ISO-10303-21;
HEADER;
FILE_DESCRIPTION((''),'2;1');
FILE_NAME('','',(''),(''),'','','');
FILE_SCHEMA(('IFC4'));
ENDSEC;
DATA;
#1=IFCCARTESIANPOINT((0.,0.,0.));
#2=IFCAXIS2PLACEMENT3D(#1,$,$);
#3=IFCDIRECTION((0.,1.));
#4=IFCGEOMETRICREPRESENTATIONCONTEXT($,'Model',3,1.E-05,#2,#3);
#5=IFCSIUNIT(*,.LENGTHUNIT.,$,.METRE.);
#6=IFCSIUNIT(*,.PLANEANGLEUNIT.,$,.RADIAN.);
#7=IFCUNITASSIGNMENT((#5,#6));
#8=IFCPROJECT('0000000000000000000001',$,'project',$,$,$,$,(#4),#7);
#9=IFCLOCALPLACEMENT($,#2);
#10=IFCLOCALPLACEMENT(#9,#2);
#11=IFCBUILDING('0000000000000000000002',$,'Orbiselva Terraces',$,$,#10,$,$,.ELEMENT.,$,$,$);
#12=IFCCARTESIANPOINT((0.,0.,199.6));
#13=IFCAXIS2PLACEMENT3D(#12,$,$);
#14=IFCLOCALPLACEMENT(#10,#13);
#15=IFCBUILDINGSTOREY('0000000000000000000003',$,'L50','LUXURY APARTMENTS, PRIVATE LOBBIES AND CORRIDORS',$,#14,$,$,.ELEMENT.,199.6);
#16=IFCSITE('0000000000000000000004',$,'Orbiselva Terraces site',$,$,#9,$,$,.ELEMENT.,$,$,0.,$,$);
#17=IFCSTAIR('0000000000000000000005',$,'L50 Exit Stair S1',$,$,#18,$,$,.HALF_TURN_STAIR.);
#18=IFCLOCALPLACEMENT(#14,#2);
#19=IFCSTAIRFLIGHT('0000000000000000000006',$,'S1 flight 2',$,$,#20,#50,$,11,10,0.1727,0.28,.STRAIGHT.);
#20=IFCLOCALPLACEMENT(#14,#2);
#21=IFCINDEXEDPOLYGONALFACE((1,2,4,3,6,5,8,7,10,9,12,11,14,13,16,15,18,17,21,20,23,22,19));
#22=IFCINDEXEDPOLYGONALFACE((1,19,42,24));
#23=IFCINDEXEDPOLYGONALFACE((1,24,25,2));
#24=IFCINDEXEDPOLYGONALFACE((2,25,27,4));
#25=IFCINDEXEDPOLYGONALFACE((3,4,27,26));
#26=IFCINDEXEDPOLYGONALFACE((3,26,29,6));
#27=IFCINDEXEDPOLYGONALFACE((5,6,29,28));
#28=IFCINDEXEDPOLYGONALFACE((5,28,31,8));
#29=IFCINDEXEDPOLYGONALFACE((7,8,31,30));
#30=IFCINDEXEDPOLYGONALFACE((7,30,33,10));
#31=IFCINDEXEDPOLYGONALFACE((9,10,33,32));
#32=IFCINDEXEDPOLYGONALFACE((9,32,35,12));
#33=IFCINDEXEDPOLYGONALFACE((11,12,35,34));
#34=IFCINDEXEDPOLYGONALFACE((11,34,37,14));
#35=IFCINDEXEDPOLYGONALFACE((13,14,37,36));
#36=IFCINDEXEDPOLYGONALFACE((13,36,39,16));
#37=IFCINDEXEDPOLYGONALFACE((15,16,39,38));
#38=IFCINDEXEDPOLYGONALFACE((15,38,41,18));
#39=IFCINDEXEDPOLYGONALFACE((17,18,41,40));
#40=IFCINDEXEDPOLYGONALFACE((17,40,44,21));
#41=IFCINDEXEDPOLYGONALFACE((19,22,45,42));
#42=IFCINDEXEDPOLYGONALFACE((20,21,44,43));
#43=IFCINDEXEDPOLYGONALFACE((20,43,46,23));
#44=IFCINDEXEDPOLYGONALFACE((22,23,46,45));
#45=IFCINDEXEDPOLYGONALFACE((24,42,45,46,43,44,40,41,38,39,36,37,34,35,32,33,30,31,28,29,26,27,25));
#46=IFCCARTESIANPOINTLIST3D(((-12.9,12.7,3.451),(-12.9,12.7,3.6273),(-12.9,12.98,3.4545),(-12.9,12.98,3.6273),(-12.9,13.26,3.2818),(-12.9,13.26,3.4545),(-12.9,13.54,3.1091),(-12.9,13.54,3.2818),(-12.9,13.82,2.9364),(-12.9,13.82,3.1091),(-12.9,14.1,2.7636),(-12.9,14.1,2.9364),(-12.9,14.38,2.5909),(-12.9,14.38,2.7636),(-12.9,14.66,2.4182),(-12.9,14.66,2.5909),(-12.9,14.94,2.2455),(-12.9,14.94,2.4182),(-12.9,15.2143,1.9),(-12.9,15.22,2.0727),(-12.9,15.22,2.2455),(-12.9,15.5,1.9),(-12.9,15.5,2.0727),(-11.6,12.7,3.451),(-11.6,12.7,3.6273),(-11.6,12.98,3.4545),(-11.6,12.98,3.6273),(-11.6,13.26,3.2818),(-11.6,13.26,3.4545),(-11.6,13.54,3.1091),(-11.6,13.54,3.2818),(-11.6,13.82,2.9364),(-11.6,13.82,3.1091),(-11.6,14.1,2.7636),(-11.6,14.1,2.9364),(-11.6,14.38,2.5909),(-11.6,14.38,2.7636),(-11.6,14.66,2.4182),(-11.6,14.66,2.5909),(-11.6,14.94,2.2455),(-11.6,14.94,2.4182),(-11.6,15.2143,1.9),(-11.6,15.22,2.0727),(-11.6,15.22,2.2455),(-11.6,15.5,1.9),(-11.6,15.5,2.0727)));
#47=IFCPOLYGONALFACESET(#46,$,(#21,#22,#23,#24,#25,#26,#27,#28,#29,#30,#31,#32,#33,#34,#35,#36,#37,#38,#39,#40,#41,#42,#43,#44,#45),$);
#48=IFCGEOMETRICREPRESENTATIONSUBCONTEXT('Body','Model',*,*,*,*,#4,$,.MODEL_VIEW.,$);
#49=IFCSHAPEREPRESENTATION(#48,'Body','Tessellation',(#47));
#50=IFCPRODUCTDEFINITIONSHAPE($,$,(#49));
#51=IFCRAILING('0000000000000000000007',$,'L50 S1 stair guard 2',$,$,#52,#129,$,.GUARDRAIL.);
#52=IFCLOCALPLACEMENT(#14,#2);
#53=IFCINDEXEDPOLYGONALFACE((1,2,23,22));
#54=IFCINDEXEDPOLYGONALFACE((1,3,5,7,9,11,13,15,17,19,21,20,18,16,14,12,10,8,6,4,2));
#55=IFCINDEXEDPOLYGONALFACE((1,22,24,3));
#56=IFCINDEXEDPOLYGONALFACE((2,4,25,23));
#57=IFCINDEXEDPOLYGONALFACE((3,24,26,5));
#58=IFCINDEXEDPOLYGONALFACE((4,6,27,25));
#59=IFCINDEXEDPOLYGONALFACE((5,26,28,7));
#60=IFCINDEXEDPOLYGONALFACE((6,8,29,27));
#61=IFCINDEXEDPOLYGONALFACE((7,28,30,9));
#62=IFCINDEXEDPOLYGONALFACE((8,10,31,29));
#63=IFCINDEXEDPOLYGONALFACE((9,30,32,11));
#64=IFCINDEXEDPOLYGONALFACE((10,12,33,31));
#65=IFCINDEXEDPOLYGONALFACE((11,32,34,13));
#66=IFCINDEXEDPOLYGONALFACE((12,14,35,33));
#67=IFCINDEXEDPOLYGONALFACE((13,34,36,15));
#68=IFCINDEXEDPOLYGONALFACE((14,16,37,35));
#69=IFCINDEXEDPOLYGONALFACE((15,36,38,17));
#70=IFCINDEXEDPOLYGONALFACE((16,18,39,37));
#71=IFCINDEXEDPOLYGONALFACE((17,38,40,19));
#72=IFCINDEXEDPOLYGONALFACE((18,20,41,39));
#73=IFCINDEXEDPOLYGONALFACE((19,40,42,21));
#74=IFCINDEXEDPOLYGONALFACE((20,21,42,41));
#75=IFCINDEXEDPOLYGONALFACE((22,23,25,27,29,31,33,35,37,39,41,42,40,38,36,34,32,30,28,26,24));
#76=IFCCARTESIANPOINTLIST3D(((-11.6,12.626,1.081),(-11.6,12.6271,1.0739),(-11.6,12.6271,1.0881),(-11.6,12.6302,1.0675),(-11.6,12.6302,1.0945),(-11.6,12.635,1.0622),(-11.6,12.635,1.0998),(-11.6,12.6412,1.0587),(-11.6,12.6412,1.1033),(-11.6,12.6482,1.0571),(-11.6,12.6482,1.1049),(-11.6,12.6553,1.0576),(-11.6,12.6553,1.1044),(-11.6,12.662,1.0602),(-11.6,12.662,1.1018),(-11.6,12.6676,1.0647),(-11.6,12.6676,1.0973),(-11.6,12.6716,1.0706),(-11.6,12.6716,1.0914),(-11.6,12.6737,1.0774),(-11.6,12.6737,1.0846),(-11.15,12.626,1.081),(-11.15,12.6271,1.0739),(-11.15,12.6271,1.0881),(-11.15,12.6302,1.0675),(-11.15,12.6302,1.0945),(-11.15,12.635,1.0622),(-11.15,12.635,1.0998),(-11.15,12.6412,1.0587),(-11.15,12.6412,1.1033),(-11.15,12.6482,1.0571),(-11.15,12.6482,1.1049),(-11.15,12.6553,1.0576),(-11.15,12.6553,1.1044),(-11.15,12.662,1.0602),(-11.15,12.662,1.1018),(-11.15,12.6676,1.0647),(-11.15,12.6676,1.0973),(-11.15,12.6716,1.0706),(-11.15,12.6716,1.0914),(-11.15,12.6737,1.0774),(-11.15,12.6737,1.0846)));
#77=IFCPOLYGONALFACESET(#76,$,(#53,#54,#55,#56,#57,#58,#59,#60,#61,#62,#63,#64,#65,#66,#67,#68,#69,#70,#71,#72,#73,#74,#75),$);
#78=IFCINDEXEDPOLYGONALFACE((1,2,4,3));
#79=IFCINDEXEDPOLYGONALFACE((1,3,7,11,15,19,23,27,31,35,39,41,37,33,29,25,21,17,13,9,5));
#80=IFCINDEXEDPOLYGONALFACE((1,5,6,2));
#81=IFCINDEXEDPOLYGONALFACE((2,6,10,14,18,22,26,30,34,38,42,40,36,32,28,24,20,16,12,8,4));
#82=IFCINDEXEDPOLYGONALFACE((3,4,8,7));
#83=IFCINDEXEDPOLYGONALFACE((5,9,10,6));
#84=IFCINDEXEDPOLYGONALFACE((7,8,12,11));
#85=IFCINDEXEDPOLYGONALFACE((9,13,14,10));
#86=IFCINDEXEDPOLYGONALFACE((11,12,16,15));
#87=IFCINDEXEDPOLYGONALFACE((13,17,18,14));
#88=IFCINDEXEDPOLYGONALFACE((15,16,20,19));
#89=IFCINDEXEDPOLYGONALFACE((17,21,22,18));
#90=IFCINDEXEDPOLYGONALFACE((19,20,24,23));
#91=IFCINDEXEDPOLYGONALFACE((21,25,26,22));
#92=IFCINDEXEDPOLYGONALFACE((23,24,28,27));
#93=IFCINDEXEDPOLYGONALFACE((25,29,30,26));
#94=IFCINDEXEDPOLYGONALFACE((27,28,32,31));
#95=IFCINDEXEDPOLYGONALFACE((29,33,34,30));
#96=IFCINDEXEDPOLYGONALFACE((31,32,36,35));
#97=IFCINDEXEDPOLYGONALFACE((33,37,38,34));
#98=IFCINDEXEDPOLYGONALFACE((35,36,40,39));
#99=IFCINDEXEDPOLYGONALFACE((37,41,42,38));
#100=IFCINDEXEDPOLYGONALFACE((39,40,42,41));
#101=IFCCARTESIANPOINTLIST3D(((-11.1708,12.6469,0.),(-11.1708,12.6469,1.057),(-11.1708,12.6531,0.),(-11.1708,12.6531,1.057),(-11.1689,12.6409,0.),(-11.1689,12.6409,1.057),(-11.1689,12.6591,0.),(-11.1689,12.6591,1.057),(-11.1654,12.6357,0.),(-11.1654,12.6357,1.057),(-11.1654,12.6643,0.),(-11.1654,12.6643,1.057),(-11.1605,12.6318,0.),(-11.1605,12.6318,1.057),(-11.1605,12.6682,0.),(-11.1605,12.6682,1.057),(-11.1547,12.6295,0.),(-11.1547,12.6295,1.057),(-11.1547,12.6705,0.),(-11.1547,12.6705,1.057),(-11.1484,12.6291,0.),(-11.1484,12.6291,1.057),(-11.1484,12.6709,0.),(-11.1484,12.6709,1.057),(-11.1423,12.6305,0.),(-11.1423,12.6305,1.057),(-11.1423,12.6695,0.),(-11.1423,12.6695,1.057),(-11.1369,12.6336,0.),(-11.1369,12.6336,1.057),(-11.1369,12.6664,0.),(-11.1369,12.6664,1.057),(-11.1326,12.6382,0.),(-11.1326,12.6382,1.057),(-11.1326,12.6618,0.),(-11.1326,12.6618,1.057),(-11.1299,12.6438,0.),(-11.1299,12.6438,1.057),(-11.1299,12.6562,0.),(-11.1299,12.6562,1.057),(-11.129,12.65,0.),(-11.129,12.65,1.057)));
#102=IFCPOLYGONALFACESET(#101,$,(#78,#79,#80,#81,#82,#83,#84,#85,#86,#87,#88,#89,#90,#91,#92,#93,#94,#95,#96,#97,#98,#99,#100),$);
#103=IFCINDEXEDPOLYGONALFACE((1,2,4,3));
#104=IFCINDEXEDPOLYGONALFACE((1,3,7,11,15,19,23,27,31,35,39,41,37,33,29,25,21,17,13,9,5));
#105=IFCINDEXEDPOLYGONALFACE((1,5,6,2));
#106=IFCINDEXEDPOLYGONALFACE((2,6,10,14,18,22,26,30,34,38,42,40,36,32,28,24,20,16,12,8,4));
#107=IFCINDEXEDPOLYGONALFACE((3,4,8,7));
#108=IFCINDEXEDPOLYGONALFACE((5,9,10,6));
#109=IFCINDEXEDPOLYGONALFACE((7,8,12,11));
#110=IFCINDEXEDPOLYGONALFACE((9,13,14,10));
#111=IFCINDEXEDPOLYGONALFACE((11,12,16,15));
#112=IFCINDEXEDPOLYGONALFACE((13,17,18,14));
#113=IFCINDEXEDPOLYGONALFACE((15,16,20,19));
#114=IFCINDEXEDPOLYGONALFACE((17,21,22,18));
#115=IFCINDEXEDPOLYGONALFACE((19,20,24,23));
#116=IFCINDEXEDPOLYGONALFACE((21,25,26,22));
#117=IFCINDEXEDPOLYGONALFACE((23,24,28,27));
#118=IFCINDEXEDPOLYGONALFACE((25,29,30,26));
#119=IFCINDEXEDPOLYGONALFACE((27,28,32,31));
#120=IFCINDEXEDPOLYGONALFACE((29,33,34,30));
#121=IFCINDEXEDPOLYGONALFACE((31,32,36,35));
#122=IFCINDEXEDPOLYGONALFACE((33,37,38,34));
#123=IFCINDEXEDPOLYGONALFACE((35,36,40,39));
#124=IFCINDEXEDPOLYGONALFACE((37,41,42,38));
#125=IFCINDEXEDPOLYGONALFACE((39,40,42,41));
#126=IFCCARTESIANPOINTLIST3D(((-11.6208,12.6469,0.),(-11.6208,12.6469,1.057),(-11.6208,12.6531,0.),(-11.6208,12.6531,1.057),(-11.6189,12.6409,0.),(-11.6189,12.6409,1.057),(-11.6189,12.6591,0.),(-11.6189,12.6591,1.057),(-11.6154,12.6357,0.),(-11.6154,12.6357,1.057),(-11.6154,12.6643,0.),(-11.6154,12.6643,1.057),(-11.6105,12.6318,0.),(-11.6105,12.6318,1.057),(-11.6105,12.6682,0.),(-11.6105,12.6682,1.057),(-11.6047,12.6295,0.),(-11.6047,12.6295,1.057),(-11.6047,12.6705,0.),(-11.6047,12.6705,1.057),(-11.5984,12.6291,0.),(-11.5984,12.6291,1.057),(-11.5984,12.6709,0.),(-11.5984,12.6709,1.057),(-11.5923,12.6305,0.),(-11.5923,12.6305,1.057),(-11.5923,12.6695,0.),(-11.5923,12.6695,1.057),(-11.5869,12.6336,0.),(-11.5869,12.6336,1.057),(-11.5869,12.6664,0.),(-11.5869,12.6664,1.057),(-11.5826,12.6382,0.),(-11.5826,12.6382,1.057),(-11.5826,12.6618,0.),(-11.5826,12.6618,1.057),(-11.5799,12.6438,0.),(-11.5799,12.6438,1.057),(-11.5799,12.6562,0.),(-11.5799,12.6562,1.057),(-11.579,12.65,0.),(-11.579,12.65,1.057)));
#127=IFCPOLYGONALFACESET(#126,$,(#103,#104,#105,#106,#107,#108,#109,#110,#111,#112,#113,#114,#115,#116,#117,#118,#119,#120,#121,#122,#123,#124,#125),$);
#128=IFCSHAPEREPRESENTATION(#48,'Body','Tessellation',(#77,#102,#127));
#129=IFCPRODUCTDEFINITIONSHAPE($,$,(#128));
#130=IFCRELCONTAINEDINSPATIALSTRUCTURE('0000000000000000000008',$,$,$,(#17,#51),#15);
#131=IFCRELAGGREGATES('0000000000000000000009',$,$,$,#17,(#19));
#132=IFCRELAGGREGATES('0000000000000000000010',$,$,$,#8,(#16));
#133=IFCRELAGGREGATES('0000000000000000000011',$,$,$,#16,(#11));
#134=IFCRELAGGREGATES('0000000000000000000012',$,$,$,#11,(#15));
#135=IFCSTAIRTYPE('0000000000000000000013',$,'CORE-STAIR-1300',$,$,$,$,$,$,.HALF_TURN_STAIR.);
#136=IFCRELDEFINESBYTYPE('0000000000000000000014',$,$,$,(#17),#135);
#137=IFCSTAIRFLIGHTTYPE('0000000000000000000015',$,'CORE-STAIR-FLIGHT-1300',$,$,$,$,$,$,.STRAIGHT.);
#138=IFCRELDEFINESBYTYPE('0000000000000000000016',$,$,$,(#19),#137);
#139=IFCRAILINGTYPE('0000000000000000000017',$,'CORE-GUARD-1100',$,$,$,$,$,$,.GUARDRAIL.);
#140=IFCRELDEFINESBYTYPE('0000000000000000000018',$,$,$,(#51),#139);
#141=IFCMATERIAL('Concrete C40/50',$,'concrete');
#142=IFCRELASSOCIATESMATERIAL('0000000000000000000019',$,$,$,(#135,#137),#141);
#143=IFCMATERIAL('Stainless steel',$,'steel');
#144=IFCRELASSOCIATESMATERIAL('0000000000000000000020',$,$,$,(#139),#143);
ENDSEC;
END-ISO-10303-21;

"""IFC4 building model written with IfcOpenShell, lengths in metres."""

from ifc_helpers import new_model, si_unit, direction, frame, origin, origin_2d, place, context, subcontext, project, spatial, polyline, circle, outline, extrude, material, type_object, element, aggregate, save


model = new_model("IFC4")

# Units and contexts
model_context = context("Model", 3, precision=1e-05, world=origin(), true_north=direction((0.0, 1.0)))
body_context = subcontext(model_context, "Body", "Model", "MODEL_VIEW")
ifc_project = project(units=[si_unit("LENGTHUNIT", "METRE"), si_unit("PLANEANGLEUNIT", "RADIAN")], contexts=[model_context])

# Site, building, storey
site_placement = place(None, origin())
site = spatial("IfcSite", under=ifc_project, at=site_placement, Name="Orbiselva Terraces site", CompositionType="ELEMENT", RefElevation=0.0)
building_placement = place(site_placement, origin())
building = spatial("IfcBuilding", under=site, at=building_placement, Name="Orbiselva Terraces", CompositionType="ELEMENT")
storey_placement = place(building_placement, frame((0.0, 0.0, 199.6)))
storey = spatial("IfcBuildingStorey", under=building, at=storey_placement, Name="L50", Description="LUXURY APARTMENTS, PRIVATE LOBBIES AND CORRIDORS", CompositionType="ELEMENT", Elevation=199.6)

# Shared definitions
ifc_material_1 = material(Name="Concrete C40/50", Category="concrete")

# Stair, stair flight
stair_type = type_object("IfcStairType", Name="CORE-STAIR-1300", PredefinedType="HALF_TURN_STAIR", material=ifc_material_1)
stair_placement = place(storey_placement, origin())
stair = element("IfcStair", 1, at=stair_placement, inside=storey, type_object=stair_type, Name="L50 Exit Stair S1", PredefinedType="HALF_TURN_STAIR")
stair_flight_type = type_object("IfcStairFlightType", Name="CORE-STAIR-FLIGHT-1300", PredefinedType="STRAIGHT", material=ifc_material_1)
stair_flight_1_placement = place(storey_placement, frame((-12.25, 15.5, 1.9), z_axis=(0.0, 0.0, 1.0), x_axis=(0.0, -1.0, 0.0)))
stair_flight_1 = element("IfcStairFlight", 2, at=stair_flight_1_placement, type_object=stair_flight_type, Name="S1 flight 2", NumberOfRisers=11, NumberOfTreads=10, PredefinedType="STRAIGHT", RiserHeight=0.1727, TreadLength=0.28, context=body_context, shape_type="SweptSolid", body=[
    extrude(outline(polyline([(0.0, 0.0), (0.0, 0.1727), (0.28, 0.1727), (0.28, 0.3455), (0.56, 0.3455), (0.56, 0.5182), (0.84, 0.5182), (0.84, 0.6909), (1.12, 0.6909), (1.12, 0.8636), (1.4, 0.8636), (1.4, 1.0364), (1.68, 1.0364), (1.68, 1.2091), (1.96, 1.2091), (1.96, 1.3818), (2.24, 1.3818), (2.24, 1.5545), (2.52, 1.5545), (2.52, 1.7273), (2.8, 1.7273), (2.8, 1.9), (2.8, 1.551), (0.2857, 0.0), (0.0, 0.0)])), frame((0.0, 0.65, 0.0), z_axis=(0.0, -1.0, 0.0), x_axis=(1.0, 0.0, 0.0)), (0.0, 0.0, 1.0), 1.3),
])
aggregate(stair, [stair_flight_1])

# Railing
ifc_material_2 = material(Name="Stainless steel", Category="steel")
railing_type_1 = type_object("IfcRailingType", Name="CORE-GUARD-1100", PredefinedType="GUARDRAIL", material=ifc_material_2)
railing_1_placement = place(storey_placement, frame((-11.15, 12.65, 0.0)))
element("IfcRailing", 3, at=railing_1_placement, inside=storey, type_object=railing_type_1, Name="L50 S1 stair guard 2", PredefinedType="GUARDRAIL", context=body_context, shape_type="SweptSolid", body=[
    extrude(circle(Radius=0.024, at=origin_2d()), frame((0.0, 0.0, 1.081), z_axis=(-1.0, 0.0, 0.0), x_axis=(0.0, -1.0, 0.0)), (0.0, 0.0, 1.0), 0.45),
    extrude(circle(Radius=0.021, at=origin_2d()), origin(), (0.0, 0.0, 1.0), 1.057),
    extrude(circle(Radius=0.021, at=origin_2d()), frame((-0.45, 0.0, 0.0)), (0.0, 0.0, 1.0), 1.057),
])

save(model, "model.ifc")
